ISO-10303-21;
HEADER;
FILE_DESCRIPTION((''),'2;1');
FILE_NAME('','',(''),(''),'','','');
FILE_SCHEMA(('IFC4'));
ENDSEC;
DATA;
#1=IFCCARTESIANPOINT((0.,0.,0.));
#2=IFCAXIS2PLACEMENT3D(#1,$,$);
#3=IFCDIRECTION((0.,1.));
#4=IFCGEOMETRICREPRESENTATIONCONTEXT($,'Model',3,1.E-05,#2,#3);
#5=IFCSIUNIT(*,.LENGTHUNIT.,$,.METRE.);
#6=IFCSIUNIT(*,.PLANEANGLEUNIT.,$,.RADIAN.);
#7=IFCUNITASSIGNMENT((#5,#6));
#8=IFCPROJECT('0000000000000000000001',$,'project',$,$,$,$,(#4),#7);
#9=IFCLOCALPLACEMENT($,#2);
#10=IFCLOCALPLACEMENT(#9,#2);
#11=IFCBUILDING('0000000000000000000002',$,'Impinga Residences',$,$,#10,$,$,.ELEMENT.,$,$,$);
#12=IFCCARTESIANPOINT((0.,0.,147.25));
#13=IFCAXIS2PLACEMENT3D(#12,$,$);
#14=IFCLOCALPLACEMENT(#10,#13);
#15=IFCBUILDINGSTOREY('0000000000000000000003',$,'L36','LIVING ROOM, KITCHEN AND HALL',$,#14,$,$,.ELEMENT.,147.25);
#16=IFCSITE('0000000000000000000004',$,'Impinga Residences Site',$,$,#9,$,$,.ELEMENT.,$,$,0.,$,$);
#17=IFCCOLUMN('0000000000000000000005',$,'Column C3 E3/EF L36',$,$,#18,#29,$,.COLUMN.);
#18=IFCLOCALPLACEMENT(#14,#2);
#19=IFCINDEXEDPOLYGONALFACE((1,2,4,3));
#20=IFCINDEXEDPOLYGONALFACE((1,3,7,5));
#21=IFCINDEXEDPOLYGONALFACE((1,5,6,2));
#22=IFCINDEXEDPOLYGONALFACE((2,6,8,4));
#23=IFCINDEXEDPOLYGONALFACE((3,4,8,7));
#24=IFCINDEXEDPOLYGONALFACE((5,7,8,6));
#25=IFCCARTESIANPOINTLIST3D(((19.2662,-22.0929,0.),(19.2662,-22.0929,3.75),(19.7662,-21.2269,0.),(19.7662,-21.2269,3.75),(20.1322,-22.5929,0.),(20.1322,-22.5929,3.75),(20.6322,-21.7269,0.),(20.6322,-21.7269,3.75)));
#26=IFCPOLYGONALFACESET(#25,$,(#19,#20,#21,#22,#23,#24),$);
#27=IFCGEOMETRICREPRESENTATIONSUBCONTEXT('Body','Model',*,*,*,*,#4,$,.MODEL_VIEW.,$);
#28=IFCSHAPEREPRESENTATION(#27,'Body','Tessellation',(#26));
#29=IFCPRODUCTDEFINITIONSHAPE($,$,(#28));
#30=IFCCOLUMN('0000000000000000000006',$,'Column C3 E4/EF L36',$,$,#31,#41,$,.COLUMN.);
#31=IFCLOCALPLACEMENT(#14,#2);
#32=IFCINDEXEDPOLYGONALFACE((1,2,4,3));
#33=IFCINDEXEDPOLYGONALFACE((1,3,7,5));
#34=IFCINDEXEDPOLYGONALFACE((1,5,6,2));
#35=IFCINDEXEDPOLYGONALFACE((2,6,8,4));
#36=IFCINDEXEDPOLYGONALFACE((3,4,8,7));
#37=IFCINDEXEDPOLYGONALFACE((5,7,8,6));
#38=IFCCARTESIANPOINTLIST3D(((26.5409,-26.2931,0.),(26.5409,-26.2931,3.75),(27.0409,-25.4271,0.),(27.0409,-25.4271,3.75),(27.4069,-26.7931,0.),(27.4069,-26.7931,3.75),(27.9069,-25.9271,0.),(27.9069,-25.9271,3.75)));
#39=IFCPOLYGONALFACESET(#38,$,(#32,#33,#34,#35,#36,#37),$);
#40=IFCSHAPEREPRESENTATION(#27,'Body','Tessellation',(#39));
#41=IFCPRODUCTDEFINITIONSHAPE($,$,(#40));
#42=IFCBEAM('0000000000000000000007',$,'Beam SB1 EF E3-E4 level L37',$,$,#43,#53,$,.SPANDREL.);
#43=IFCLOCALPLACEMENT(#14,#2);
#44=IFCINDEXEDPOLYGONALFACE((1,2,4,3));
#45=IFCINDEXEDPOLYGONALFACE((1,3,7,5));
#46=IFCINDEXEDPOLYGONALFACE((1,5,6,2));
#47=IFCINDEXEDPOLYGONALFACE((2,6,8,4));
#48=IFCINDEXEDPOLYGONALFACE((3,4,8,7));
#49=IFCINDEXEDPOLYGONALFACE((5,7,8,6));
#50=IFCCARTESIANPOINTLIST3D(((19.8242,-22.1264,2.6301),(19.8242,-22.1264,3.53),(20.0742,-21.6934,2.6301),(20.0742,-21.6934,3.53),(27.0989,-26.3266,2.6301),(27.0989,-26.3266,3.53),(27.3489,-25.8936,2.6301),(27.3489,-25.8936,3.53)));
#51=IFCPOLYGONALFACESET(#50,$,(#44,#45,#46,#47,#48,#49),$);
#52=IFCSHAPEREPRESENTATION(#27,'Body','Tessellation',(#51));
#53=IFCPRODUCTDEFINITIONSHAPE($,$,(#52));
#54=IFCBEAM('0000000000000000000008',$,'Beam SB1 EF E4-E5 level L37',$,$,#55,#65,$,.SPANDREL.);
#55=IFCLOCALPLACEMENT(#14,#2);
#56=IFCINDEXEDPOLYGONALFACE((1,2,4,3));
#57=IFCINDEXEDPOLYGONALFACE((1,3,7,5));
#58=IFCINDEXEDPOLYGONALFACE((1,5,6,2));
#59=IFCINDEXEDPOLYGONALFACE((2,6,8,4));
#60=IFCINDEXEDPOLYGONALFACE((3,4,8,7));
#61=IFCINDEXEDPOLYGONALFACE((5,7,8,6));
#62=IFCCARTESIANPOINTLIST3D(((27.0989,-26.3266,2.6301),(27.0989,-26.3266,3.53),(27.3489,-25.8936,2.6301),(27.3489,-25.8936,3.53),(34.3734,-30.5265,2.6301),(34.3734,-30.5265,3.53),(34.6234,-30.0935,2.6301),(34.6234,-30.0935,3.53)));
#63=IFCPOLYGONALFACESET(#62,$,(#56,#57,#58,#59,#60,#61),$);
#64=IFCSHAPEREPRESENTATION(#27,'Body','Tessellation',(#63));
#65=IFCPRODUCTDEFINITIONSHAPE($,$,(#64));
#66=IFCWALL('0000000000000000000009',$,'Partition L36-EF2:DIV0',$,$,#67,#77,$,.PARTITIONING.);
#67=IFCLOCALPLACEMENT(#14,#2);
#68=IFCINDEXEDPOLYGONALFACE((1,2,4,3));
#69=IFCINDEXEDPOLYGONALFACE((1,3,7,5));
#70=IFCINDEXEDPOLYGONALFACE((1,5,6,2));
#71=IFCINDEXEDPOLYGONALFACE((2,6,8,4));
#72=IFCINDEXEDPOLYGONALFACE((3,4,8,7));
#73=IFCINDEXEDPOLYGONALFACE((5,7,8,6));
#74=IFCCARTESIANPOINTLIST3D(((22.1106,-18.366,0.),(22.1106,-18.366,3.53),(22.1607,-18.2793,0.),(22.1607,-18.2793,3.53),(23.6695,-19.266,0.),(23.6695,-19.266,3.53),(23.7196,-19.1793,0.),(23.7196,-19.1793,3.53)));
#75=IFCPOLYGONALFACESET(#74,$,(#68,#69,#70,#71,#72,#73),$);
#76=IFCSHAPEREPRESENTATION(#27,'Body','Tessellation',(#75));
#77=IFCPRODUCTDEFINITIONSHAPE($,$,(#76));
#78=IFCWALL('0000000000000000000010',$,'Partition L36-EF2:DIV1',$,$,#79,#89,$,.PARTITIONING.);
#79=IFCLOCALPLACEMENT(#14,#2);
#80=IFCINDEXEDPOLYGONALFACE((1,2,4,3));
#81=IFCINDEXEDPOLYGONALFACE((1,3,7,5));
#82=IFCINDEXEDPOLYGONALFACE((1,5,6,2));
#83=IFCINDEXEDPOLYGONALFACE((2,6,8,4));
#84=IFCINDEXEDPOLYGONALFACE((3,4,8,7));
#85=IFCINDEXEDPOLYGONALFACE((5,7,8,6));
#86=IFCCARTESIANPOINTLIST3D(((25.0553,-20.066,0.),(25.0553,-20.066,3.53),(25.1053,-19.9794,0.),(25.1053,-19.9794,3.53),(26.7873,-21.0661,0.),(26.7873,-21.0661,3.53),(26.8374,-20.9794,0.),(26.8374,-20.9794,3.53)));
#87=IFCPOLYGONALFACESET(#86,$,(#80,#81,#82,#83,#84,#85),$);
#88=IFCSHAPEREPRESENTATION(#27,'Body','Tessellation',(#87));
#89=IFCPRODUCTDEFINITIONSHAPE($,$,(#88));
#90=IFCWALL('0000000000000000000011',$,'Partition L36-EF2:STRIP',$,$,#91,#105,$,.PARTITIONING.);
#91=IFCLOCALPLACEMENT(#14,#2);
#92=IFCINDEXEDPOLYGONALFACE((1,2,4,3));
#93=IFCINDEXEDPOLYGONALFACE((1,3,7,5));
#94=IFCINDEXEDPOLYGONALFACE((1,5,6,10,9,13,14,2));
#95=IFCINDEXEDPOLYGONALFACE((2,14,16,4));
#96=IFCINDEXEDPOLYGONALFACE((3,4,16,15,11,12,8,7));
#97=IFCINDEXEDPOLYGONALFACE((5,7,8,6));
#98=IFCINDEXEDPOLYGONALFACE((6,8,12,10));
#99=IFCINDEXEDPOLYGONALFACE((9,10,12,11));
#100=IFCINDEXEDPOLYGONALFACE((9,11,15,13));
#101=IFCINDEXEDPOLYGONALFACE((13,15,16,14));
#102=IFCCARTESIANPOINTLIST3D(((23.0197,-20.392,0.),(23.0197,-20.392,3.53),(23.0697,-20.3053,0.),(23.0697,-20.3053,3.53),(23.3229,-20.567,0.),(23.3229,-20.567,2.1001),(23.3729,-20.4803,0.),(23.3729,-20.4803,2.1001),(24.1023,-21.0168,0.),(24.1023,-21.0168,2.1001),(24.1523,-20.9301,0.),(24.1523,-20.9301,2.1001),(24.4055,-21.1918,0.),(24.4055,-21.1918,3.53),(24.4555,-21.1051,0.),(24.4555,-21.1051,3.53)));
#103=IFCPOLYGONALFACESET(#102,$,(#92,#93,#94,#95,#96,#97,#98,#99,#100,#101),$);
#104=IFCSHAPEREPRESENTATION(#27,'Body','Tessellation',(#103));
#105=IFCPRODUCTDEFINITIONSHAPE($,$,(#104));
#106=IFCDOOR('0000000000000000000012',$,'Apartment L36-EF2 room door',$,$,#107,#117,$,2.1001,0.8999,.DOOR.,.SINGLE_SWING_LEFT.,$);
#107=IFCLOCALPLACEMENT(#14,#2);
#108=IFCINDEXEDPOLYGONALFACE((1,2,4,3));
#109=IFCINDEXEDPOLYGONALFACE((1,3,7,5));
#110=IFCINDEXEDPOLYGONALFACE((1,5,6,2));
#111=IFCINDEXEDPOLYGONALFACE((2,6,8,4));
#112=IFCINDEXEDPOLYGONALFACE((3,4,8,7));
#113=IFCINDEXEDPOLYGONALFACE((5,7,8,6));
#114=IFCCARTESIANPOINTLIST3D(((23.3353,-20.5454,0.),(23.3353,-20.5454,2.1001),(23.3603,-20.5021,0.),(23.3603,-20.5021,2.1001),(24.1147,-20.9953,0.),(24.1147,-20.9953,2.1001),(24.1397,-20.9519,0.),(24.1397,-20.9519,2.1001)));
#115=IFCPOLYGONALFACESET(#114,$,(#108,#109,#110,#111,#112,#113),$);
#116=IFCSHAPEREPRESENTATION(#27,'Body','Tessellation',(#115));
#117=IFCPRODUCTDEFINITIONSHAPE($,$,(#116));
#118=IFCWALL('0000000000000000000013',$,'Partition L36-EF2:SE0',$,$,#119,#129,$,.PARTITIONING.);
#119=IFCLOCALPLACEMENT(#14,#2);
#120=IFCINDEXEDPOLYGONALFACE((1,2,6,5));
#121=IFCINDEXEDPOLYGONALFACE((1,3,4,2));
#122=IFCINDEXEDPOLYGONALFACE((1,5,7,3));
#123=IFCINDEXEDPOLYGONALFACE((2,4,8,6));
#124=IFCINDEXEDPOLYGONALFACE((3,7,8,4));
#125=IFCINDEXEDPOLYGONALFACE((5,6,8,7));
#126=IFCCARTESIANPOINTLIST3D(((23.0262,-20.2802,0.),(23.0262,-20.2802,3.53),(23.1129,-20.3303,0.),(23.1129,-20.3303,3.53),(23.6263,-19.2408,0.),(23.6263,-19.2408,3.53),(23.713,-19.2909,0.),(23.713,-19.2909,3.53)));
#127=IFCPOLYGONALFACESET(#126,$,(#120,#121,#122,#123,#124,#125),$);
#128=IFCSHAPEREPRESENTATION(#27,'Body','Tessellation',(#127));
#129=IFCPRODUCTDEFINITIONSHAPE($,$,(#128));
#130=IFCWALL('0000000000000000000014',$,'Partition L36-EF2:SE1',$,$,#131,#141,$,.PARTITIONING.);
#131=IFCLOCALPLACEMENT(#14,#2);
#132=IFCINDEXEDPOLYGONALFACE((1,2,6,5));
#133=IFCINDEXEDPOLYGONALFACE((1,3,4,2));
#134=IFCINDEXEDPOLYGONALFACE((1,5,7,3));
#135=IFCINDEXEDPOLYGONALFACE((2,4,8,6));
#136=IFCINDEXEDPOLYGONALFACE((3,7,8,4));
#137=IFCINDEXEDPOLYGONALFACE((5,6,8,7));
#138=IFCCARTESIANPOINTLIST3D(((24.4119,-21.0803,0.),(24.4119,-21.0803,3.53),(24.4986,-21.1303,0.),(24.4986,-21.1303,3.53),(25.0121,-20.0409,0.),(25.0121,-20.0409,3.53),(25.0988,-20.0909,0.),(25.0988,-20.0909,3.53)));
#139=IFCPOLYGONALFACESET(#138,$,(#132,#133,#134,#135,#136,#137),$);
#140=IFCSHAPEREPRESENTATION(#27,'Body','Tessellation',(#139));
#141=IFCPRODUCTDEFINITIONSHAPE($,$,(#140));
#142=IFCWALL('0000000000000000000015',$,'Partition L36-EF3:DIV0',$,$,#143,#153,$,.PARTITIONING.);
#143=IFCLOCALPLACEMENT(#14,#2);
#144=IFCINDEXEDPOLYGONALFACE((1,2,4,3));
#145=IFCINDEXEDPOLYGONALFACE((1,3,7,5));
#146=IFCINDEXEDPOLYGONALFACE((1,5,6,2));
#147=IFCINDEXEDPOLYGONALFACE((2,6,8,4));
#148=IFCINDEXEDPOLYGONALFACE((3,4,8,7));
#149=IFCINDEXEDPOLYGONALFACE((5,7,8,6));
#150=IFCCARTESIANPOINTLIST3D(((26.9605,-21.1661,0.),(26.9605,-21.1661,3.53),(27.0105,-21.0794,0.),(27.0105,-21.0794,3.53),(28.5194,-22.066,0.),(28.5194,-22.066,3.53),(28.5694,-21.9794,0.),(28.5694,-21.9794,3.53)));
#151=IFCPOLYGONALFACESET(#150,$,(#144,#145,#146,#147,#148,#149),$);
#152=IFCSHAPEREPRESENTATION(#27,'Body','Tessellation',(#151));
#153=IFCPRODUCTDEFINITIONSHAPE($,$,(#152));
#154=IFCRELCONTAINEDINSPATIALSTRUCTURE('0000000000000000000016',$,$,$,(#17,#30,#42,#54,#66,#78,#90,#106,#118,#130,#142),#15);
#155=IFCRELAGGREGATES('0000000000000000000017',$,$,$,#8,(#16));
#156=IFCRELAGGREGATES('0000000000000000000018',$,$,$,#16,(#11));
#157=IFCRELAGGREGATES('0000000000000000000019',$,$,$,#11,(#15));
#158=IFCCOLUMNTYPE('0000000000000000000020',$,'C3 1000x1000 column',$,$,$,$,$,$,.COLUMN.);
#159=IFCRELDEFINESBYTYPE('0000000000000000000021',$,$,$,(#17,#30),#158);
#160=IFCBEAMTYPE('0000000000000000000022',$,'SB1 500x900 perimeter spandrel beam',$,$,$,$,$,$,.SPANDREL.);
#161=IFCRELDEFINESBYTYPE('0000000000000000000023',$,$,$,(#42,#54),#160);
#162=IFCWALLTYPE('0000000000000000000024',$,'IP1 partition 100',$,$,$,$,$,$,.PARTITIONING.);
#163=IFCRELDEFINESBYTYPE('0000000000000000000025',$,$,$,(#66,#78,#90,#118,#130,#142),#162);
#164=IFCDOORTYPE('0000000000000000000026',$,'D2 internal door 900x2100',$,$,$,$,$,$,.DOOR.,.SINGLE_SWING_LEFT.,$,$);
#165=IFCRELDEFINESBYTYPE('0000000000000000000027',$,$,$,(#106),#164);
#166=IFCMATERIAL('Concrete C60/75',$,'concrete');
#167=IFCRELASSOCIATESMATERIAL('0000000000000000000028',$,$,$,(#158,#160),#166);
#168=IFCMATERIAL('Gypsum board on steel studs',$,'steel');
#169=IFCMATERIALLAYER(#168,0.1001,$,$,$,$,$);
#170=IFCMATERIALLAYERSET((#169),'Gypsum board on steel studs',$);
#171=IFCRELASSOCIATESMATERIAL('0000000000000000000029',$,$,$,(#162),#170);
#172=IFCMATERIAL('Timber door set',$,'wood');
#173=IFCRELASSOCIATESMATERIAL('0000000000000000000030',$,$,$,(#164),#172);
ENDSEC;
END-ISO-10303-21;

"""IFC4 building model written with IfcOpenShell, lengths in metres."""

from ifc_helpers import new_model, si_unit, direction, frame, frame_2d, origin, origin_2d, place, context, subcontext, project, spatial, rectangle, extrude, material, layer, layer_set, material_profile, profile_set, type_object, element, fill, save


model = new_model("IFC4")

# Units and contexts
model_context = context("Model", 3, precision=1e-05, world=origin(), true_north=direction((0.0, 1.0)))
body_context = subcontext(model_context, "Body", "Model", "MODEL_VIEW")
ifc_project = project(units=[si_unit("LENGTHUNIT", "METRE"), si_unit("PLANEANGLEUNIT", "RADIAN")], contexts=[model_context])

# Site, building, storey
site_placement = place(None, origin())
site = spatial("IfcSite", under=ifc_project, at=site_placement, Name="Impinga Residences Site", CompositionType="ELEMENT", RefElevation=0.0)
building_placement = place(site_placement, origin())
building = spatial("IfcBuilding", under=site, at=building_placement, Name="Impinga Residences", CompositionType="ELEMENT")
storey_placement = place(building_placement, frame((0.0, 0.0, 147.25)))
storey = spatial("IfcBuildingStorey", under=building, at=storey_placement, Name="L36", Description="LIVING ROOM, KITCHEN AND HALL", CompositionType="ELEMENT", Elevation=147.25)

# Columns
ifc_material_1 = material(Name="Concrete C60/75", Category="concrete")
ifc_material_profile_1 = material_profile(ifc_material_1, rectangle(XDim=1.0, YDim=1.0, at=origin_2d()), Name="RC 1000x1000")
ifc_profile_set_1 = profile_set([ifc_material_profile_1], Name="Concrete C60/75")
column_type = type_object("IfcColumnType", Name="C3 1000x1000 column", PredefinedType="COLUMN", material=ifc_profile_set_1)
for number, where, z_axis, x_axis, name in (
    (1, (19.9492, -21.9099, 0.0), (0.0, 0.0, 1.0), (-0.5, -0.866025, 0.0), "Column C3 E3/EF L36"),
    (2, (27.2239, -26.1101, 0.0), (0.0, 0.0, 1.0), (-0.5, -0.866025, 0.0), "Column C3 E4/EF L36"),
):
    element("IfcColumn", number, at=place(storey_placement, frame(where, z_axis=z_axis, x_axis=x_axis)), inside=storey, type_object=column_type, Name=name, PredefinedType="COLUMN", context=body_context, shape_type="SweptSolid", body=[
        extrude(rectangle(XDim=1.0, YDim=1.0, at=origin_2d()), origin(), (0.0, 0.0, 1.0), 3.75),
    ])

# Beams
ifc_material_profile_2 = material_profile(ifc_material_1, rectangle(XDim=0.5, YDim=0.8999, at=origin_2d()), Name="RC 500x900")
ifc_profile_set_2 = profile_set([ifc_material_profile_2], Name="Concrete C60/75")
beam_type = type_object("IfcBeamType", Name="SB1 500x900 perimeter spandrel beam", PredefinedType="SPANDREL", material=ifc_profile_set_2)
beam_1_placement = place(storey_placement, frame((19.9492, -21.9099, 3.0801), z_axis=(0.866017, -0.500015, 0.0), x_axis=(0.500015, 0.866017, 0.0)))
element("IfcBeam", 3, at=beam_1_placement, inside=storey, type_object=beam_type, Name="Beam SB1 EF E3-E4 level L37", PredefinedType="SPANDREL", context=body_context, shape_type="SweptSolid", body=[
    extrude(rectangle(XDim=0.5, YDim=0.8999, at=origin_2d()), origin(), (0.0, 0.0, 1.0), 8.4001),
])
beam_2_placement = place(storey_placement, frame((27.2239, -26.1101, 3.0801), z_axis=(0.866029, -0.499993, 0.0), x_axis=(0.499993, 0.866029, 0.0)))
element("IfcBeam", 4, at=beam_2_placement, inside=storey, type_object=beam_type, Name="Beam SB1 EF E4-E5 level L37", PredefinedType="SPANDREL", context=body_context, shape_type="SweptSolid", body=[
    extrude(rectangle(XDim=0.5, YDim=0.8999, at=origin_2d()), origin(), (0.0, 0.0, 1.0), 8.3999),
])

# Walls
ifc_material_2 = material(Name="Gypsum board on steel studs", Category="steel")
ifc_layer = layer(ifc_material_2, 0.1001)
ifc_layer_set = layer_set([ifc_layer], Name="Gypsum board on steel studs")
wall_type = type_object("IfcWallType", Name="IP1 partition 100", PredefinedType="PARTITIONING", material=ifc_layer_set)
wall_1_placement = place(storey_placement, frame((22.1357, -18.3228, 0.0), z_axis=(0.0, 0.0, 1.0), x_axis=(0.866048, -0.499961, 0.0)))
element("IfcWall", 5, at=wall_1_placement, inside=storey, type_object=wall_type, Name="Partition L36-EF2:DIV0", PredefinedType="PARTITIONING", context=body_context, shape_type="SweptSolid", body=[
    extrude(rectangle(XDim=1.8, YDim=0.1001, at=frame_2d((0.8999, 0.0))), origin(), (0.0, 0.0, 1.0), 3.53),
])
wall_2_placement = place(storey_placement, frame((25.0803, -20.0227, 0.0), z_axis=(0.0, 0.0, 1.0), x_axis=(0.866011, -0.500025, 0.0)))
element("IfcWall", 6, at=wall_2_placement, inside=storey, type_object=wall_type, Name="Partition L36-EF2:DIV1", PredefinedType="PARTITIONING", context=body_context, shape_type="SweptSolid", body=[
    extrude(rectangle(XDim=2.0, YDim=0.1001, at=frame_2d((1.0, 0.0))), origin(), (0.0, 0.0, 1.0), 3.53),
])

# Wall, opening, door
wall_3_placement = place(storey_placement, frame((23.0447, -20.3486, 0.0), z_axis=(0.0, 0.0, 1.0), x_axis=(0.866094, -0.499881, 0.0)))
wall_3 = element("IfcWall", 7, at=wall_3_placement, inside=storey, type_object=wall_type, Name="Partition L36-EF2:STRIP", PredefinedType="PARTITIONING", context=body_context, shape_type="SweptSolid", body=[
    extrude(rectangle(XDim=1.6001, YDim=0.1001, at=frame_2d((0.8, 0.0))), origin(), (0.0, 0.0, 1.0), 3.53),
])
opening_1_placement = place(wall_3_placement, frame((0.3501, 0.0, 0.0)))
opening_1 = element("IfcOpeningElement", 8, at=opening_1_placement, cuts=wall_3, PredefinedType="OPENING", context=body_context, shape_type="SweptSolid", body=[
    extrude(rectangle(XDim=0.8999, YDim=2.1001, at=frame_2d((0.45, 1.05))), frame((0.0, 0.0601, 0.0), z_axis=(0.0, -1.0, 0.0), x_axis=(1.0, 0.0, 0.0)), (0.0, 0.0, 1.0), 0.1201),
])
ifc_material_3 = material(Name="Timber door set", Category="wood")
door_type = type_object("IfcDoorType", Name="D2 internal door 900x2100", OperationType="SINGLE_SWING_LEFT", PredefinedType="DOOR", material=ifc_material_3)
door_1_placement = place(opening_1_placement, origin())
door_1 = element("IfcDoor", 9, at=door_1_placement, inside=storey, type_object=door_type, Name="Apartment L36-EF2 room door", OperationType="SINGLE_SWING_LEFT", OverallHeight=2.1001, OverallWidth=0.8999, PredefinedType="DOOR", context=body_context, shape_type="SweptSolid", body=[
    extrude(rectangle(XDim=0.8999, YDim=2.1001, at=frame_2d((0.45, 1.05))), frame((0.0, 0.0249, 0.0), z_axis=(0.0, -1.0, 0.0), x_axis=(1.0, 0.0, 0.0)), (0.0, 0.0, 1.0), 0.05),
])
fill(opening_1, door_1)

# Walls
for number, where, z_axis, x_axis, name in (
    (10, (23.6697, -19.2659, 0.0), (0.0, 0.0, 1.0), (-0.500034, -0.866006, 0.0), "Partition L36-EF2:SE0"),
    (11, (25.0554, -20.0659, 0.0), (0.0, 0.0, 1.0), (-0.500034, -0.866006, 0.0), "Partition L36-EF2:SE1"),
):
    element("IfcWall", number, at=place(storey_placement, frame(where, z_axis=z_axis, x_axis=x_axis)), inside=storey, type_object=wall_type, Name=name, PredefinedType="PARTITIONING", context=body_context, shape_type="SweptSolid", body=[
        extrude(rectangle(XDim=1.2002, YDim=0.1001, at=frame_2d((0.6001, 0.0))), origin(), (0.0, 0.0, 1.0), 3.53),
    ])
wall_4_placement = place(storey_placement, frame((26.9856, -21.1228, 0.0), z_axis=(0.0, 0.0, 1.0), x_axis=(0.866048, -0.499961, 0.0)))
element("IfcWall", 12, at=wall_4_placement, inside=storey, type_object=wall_type, Name="Partition L36-EF3:DIV0", PredefinedType="PARTITIONING", context=body_context, shape_type="SweptSolid", body=[
    extrude(rectangle(XDim=1.8, YDim=0.1001, at=frame_2d((0.8999, 0.0))), origin(), (0.0, 0.0, 1.0), 3.53),
])

save(model, "model.ifc")
